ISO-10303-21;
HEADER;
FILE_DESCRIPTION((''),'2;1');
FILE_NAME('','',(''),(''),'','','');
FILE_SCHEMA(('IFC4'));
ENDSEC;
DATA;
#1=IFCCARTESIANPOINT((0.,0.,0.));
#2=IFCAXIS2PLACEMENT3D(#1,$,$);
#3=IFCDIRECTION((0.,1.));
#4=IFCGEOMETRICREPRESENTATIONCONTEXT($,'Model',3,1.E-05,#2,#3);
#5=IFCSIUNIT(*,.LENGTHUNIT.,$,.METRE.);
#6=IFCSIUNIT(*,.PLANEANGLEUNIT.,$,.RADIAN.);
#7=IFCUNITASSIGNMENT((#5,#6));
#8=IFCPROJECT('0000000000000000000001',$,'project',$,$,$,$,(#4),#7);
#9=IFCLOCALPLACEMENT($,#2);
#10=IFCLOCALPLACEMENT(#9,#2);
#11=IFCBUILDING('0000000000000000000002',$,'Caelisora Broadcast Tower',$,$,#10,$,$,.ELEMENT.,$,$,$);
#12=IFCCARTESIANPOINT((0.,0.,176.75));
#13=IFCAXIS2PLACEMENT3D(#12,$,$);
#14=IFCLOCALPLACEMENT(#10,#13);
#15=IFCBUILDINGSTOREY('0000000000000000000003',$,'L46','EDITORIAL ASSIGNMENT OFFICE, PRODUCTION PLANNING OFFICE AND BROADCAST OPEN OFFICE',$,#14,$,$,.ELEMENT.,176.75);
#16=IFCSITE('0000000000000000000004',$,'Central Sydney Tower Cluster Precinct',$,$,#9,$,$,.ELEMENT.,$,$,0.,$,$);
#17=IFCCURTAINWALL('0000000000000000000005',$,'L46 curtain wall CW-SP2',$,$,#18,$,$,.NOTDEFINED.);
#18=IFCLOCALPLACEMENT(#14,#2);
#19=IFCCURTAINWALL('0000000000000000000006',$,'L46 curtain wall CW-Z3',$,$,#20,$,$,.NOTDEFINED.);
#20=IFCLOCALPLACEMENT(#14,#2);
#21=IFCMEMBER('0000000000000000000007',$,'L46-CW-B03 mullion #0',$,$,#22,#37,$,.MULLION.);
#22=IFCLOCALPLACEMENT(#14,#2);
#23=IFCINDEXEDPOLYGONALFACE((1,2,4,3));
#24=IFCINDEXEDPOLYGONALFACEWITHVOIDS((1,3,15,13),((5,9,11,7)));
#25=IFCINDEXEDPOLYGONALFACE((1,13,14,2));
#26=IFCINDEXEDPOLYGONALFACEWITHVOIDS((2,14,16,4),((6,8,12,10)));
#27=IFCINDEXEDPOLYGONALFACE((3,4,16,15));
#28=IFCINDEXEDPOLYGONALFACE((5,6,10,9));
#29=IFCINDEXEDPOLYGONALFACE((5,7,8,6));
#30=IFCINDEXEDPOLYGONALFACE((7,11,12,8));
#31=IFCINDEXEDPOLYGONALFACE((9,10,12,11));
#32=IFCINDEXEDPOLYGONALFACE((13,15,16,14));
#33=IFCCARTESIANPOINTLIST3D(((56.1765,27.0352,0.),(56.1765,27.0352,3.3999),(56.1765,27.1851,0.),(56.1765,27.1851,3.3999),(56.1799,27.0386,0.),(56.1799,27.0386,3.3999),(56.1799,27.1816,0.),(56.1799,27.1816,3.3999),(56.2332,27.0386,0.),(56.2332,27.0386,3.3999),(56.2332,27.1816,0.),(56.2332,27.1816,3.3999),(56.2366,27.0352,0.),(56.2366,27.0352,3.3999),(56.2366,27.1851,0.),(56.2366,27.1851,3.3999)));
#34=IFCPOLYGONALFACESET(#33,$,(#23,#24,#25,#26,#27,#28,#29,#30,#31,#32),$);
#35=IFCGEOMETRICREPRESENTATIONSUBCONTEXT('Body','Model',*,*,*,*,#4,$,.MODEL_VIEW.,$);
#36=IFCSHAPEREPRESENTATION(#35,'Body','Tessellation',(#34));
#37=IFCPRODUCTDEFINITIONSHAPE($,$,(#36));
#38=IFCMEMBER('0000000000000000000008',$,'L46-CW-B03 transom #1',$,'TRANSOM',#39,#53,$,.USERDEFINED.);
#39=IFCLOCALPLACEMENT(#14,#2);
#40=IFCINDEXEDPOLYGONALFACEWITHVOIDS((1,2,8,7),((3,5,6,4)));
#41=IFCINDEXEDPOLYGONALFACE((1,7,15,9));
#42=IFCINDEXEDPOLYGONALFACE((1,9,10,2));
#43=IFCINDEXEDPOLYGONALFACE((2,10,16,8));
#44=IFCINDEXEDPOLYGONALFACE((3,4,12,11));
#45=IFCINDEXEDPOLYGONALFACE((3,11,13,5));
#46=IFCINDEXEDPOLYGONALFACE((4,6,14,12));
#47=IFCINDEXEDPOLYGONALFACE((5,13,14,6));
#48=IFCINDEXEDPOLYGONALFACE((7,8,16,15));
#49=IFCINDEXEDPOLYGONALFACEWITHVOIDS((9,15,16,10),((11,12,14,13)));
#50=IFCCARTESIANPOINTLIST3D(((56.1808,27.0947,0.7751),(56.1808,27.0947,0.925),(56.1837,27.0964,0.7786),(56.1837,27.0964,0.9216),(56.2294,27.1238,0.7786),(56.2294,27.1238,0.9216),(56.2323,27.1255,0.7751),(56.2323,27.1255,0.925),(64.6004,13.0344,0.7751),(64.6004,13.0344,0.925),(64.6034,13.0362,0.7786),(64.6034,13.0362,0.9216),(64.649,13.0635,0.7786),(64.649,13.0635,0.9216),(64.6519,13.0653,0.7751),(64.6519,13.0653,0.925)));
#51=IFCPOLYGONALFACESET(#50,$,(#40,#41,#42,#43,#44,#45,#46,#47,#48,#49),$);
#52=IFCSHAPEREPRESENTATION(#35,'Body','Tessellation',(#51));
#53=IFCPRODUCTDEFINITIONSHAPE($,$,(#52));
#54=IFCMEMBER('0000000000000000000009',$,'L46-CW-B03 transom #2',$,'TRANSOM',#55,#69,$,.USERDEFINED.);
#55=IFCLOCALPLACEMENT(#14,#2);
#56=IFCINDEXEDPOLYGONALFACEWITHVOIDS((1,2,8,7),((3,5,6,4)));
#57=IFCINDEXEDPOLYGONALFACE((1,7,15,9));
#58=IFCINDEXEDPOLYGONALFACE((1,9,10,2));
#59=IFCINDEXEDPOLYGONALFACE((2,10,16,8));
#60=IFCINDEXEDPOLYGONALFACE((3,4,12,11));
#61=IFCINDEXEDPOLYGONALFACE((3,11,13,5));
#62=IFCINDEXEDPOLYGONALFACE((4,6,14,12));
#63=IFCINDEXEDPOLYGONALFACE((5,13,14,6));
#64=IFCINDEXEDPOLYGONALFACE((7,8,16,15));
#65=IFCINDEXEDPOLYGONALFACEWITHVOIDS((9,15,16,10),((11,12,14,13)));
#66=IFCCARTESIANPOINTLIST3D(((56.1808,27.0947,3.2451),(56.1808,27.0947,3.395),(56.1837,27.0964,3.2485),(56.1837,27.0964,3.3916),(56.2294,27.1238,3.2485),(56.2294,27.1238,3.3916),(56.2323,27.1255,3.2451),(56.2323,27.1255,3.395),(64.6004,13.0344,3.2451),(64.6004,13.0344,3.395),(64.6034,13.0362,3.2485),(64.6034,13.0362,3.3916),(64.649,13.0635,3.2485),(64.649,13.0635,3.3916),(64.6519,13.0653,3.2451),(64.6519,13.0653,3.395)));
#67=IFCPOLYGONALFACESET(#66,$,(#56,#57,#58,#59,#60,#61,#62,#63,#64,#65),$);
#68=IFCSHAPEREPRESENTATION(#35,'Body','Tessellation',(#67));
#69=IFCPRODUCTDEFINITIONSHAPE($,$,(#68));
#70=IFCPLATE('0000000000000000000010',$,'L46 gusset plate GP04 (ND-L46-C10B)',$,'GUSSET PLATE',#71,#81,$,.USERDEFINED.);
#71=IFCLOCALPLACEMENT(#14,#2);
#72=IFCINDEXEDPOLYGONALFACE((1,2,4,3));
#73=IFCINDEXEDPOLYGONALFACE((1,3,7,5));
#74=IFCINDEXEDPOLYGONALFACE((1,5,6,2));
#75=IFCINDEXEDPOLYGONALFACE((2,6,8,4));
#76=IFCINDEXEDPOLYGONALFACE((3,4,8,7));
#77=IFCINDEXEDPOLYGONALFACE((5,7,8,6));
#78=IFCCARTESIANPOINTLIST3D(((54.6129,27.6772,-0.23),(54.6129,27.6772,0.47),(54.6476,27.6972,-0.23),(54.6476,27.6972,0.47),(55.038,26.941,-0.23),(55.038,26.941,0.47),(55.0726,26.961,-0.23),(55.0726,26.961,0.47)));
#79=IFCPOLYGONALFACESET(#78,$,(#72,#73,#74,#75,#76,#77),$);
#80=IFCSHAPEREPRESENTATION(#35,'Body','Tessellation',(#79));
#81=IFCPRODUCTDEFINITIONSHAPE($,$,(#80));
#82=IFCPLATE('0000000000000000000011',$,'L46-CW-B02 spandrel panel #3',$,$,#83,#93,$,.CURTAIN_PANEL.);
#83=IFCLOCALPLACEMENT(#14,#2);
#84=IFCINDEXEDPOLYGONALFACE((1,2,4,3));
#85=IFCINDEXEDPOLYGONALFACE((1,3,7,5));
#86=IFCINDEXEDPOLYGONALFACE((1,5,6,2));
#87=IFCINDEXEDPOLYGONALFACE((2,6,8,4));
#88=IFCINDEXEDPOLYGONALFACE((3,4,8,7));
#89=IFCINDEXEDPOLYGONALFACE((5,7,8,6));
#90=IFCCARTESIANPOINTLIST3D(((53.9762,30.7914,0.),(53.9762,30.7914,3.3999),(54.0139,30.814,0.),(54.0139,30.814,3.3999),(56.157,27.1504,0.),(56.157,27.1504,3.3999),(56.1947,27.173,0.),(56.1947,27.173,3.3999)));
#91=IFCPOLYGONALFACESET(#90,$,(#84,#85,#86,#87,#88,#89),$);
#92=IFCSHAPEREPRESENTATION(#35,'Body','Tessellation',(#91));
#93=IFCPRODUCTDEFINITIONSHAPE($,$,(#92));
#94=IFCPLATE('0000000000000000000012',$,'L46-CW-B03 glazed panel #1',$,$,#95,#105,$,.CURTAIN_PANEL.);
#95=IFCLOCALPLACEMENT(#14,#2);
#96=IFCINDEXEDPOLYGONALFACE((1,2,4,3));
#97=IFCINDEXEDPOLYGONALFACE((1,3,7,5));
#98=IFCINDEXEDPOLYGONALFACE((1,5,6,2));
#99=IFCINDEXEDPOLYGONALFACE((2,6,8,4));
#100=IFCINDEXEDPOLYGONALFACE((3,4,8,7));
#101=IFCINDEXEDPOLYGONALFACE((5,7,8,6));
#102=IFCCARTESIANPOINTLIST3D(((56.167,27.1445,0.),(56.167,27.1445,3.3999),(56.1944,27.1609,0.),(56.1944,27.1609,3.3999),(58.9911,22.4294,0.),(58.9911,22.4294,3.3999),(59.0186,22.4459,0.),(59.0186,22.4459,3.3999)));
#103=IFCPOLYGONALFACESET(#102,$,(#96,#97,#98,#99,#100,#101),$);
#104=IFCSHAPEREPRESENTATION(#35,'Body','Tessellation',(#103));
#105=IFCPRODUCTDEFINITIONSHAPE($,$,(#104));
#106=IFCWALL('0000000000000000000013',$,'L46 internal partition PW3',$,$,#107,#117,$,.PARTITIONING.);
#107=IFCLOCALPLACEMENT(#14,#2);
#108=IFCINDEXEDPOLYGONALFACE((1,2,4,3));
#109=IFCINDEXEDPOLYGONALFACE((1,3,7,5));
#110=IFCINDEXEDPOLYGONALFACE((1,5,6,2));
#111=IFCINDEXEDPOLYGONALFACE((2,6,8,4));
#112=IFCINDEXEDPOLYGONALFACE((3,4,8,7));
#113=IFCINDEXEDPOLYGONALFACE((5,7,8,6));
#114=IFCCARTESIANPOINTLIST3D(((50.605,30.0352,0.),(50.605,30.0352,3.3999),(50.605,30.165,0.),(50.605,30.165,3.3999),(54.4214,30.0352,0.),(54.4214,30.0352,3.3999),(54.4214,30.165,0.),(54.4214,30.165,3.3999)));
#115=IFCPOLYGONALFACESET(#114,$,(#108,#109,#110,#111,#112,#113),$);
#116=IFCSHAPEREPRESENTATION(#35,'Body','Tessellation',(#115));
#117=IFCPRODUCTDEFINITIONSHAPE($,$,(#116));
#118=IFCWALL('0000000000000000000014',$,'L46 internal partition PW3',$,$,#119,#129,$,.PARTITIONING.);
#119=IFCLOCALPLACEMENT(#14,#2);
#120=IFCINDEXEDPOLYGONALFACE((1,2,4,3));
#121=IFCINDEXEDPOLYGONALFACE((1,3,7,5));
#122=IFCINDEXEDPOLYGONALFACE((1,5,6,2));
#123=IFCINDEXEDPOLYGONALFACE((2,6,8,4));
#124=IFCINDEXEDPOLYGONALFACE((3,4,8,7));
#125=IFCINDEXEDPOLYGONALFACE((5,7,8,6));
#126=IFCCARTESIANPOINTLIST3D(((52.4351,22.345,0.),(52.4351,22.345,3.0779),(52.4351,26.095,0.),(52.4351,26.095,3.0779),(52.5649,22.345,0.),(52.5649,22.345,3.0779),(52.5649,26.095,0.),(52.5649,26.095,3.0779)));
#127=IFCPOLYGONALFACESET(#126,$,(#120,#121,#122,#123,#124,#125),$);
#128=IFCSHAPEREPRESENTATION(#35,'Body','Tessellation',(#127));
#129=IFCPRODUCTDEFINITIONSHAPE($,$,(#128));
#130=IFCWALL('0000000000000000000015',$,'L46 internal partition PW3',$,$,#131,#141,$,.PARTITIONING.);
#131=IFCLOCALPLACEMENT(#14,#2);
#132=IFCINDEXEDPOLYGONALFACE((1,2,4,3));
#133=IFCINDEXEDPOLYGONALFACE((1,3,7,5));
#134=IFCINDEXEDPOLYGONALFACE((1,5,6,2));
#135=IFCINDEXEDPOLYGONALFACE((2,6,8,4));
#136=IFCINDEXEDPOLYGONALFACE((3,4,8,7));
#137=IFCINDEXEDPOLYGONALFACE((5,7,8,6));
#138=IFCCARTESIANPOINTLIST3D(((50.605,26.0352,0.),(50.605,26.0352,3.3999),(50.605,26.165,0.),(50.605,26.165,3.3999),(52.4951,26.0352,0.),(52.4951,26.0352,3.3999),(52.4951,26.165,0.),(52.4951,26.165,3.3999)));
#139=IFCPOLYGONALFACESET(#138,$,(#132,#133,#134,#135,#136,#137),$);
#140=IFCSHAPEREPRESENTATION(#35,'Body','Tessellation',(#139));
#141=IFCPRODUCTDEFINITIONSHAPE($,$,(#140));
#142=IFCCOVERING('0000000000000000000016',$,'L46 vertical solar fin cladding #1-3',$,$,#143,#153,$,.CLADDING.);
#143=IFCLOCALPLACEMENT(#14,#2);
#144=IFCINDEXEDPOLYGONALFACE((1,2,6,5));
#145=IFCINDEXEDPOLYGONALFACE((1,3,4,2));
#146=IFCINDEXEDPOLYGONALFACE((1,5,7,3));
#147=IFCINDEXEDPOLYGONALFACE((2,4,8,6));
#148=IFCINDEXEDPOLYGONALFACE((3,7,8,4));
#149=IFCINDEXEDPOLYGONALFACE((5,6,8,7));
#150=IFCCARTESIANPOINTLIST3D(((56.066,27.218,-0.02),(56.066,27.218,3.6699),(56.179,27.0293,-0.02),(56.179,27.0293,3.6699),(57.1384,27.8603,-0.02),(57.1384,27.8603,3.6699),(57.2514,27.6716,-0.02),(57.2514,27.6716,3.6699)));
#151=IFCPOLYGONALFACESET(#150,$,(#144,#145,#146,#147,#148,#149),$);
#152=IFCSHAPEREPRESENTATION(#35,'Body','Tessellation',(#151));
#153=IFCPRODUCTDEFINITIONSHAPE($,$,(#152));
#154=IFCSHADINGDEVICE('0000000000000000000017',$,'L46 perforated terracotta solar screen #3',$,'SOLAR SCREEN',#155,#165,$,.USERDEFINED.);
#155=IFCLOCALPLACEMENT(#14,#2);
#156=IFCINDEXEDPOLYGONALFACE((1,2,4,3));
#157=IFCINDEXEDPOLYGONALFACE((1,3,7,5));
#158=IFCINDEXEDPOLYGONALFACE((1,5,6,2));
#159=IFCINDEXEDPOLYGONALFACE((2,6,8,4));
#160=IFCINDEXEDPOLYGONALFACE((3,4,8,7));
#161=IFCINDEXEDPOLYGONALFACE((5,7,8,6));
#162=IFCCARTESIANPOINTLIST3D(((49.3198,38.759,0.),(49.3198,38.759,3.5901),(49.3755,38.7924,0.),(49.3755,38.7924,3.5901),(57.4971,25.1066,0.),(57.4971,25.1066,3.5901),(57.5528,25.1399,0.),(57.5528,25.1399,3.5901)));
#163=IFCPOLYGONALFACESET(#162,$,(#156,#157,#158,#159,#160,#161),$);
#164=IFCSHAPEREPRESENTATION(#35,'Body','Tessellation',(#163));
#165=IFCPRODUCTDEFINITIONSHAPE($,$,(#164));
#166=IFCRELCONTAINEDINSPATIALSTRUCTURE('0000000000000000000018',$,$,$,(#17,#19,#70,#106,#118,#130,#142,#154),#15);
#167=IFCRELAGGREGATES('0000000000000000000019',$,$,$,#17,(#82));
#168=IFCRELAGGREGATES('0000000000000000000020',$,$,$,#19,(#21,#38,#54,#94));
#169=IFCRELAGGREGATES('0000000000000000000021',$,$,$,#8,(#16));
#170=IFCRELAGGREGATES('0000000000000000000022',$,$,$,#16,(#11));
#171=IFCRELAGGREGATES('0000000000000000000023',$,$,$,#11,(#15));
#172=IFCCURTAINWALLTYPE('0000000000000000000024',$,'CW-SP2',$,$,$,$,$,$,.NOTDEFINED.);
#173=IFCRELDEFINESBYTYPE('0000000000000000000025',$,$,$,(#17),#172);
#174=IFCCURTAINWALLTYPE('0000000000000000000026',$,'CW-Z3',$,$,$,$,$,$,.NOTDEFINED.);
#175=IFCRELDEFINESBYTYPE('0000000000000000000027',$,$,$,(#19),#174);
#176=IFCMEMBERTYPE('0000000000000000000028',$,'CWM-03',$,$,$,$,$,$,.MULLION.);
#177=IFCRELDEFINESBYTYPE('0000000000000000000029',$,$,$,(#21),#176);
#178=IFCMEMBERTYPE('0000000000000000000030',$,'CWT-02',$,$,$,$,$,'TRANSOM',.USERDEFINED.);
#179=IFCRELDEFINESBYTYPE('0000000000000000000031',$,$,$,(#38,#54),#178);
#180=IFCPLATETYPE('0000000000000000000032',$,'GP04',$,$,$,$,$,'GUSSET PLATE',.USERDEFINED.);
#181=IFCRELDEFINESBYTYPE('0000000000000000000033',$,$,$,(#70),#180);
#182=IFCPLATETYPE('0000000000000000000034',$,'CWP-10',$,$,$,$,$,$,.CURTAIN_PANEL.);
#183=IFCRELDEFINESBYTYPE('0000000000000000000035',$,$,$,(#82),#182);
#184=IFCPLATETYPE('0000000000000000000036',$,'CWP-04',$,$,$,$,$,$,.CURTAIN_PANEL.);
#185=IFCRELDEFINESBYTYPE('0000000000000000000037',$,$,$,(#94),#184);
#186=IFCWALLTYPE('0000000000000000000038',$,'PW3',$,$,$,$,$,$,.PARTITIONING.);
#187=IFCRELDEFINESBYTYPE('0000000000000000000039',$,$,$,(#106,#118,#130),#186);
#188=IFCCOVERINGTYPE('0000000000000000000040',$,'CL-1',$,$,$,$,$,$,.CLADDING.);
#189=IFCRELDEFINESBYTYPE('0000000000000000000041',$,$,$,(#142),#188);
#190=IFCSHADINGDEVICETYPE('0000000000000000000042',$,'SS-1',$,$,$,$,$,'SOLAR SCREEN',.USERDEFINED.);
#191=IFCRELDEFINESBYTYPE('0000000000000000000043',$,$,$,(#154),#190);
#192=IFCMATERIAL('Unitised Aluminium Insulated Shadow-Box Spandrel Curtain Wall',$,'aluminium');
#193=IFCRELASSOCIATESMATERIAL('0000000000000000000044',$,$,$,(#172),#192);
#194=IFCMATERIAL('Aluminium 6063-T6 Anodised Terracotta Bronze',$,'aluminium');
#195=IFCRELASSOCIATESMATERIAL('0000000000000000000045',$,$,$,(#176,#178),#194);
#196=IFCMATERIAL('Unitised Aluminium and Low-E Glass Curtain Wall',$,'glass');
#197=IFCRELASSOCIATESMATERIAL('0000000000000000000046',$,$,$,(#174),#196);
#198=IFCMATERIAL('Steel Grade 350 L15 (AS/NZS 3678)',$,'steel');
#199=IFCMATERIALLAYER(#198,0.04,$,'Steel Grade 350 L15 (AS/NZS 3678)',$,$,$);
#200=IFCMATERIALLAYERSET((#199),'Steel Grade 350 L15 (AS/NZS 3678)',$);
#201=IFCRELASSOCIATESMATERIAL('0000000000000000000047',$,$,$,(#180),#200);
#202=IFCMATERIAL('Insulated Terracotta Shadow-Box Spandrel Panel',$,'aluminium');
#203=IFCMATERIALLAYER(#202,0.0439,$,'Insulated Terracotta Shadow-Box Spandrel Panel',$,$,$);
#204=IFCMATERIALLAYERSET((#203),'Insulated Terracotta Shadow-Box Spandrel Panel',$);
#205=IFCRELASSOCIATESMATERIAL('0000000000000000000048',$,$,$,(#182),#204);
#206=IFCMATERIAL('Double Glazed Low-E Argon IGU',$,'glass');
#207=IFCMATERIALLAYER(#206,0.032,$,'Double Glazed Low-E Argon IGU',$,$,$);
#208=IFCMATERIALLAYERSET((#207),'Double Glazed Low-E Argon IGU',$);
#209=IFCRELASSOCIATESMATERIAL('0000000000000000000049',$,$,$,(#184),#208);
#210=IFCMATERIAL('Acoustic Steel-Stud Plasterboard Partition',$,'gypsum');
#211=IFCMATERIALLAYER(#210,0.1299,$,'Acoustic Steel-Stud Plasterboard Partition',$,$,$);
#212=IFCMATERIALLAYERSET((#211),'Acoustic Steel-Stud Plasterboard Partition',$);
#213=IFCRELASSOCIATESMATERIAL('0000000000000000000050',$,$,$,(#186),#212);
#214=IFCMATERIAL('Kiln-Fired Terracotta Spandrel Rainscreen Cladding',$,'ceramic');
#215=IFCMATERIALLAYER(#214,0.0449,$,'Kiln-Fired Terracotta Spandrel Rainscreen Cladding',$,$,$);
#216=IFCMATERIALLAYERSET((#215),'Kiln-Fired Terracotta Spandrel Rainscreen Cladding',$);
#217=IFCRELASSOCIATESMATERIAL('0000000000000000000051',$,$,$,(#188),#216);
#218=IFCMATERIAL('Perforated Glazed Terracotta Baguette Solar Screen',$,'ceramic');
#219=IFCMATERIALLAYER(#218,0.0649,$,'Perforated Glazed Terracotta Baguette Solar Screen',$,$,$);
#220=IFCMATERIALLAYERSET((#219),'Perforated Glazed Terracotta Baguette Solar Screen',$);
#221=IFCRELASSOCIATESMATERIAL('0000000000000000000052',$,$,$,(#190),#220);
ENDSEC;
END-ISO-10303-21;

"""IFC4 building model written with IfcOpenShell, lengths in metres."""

from ifc_helpers import new_model, si_unit, direction, frame, frame_2d, origin, origin_2d, place, context, subcontext, project, spatial, rectangle, hollow_rectangle, extrude, source, transform, mapped, material, layer, layer_set, material_profile, profile_set, type_object, type_shapes, element, aggregate, save


model = new_model("IFC4")

# Units and contexts
model_context = context("Model", 3, precision=1e-05, world=origin(), true_north=direction((0.0, 1.0)))
body_context = subcontext(model_context, "Body", "Model", "MODEL_VIEW")
ifc_project = project(units=[si_unit("LENGTHUNIT", "METRE"), si_unit("PLANEANGLEUNIT", "RADIAN")], contexts=[model_context])

# Site, building, storey
site_placement = place(None, origin())
site = spatial("IfcSite", under=ifc_project, at=site_placement, Name="Central Sydney Tower Cluster Precinct", CompositionType="ELEMENT", RefElevation=0.0)
building_placement = place(site_placement, origin())
building = spatial("IfcBuilding", under=site, at=building_placement, Name="Caelisora Broadcast Tower", CompositionType="ELEMENT")
storey_placement = place(building_placement, frame((0.0, 0.0, 176.75)))
storey = spatial("IfcBuildingStorey", under=building, at=storey_placement, Name="L46", Description="EDITORIAL ASSIGNMENT OFFICE, PRODUCTION PLANNING OFFICE AND BROADCAST OPEN OFFICE", CompositionType="ELEMENT", Elevation=176.75)

# Shared definitions
ifc_material_1 = material(Name="Steel Grade 350 L15 (AS/NZS 3678)", Category="steel")

# Curtain walls, members
ifc_material_2 = material(Name="Unitised Aluminium Insulated Shadow-Box Spandrel Curtain Wall", Category="aluminium")
curtain_wall_type_1 = type_object("IfcCurtainWallType", Name="CW-SP2", PredefinedType="NOTDEFINED", material=ifc_material_2)
curtain_wall_1_placement = place(storey_placement, origin())
curtain_wall_1 = element("IfcCurtainWall", 1, at=curtain_wall_1_placement, inside=storey, type_object=curtain_wall_type_1, Name="L46 curtain wall CW-SP2", PredefinedType="NOTDEFINED")
ifc_material_3 = material(Name="Aluminium 6063-T6 Anodised Terracotta Bronze", Category="aluminium")
ifc_material_profile_1 = material_profile(ifc_material_3, hollow_rectangle(XDim=0.0601, YDim=0.1499, WallThickness=0.0034, at=origin_2d()), Name="Aluminium 6063-T6 Anodised Terracotta Bronze")
ifc_profile_set_1 = profile_set([ifc_material_profile_1], Name="Aluminium 6063-T6 Anodised Terracotta Bronze")
member_type_1 = type_object("IfcMemberType", Name="CWM-03", PredefinedType="MULLION", material=ifc_profile_set_1)
shared_shape_1 = source(origin(), body_context, "Body", "SweptSolid", [
    extrude(hollow_rectangle(XDim=0.0601, YDim=0.1499, WallThickness=0.0034, at=origin_2d()), origin(), (0.0, 0.0, 1.0), 3.3999),
])
type_shapes(member_type_1, [shared_shape_1])
ifc_material_4 = material(Name="Unitised Aluminium and Low-E Glass Curtain Wall", Category="glass")
curtain_wall_type_2 = type_object("IfcCurtainWallType", Name="CW-Z3", PredefinedType="NOTDEFINED", material=ifc_material_4)
curtain_wall_2_placement = place(storey_placement, origin())
curtain_wall_2 = element("IfcCurtainWall", 2, at=curtain_wall_2_placement, inside=storey, type_object=curtain_wall_type_2, Name="L46 curtain wall CW-Z3", PredefinedType="NOTDEFINED")
member_1_placement = place(storey_placement, frame((56.2065, 27.1101, 0.0), z_axis=(0.0, 0.0, 1.0), x_axis=(1.0, 0.0, 0.0)))
member_1 = element("IfcMember", 3, at=member_1_placement, type_object=member_type_1, Name="L46-CW-B03 mullion #0", PredefinedType="MULLION", context=body_context, shape_type="MappedRepresentation", body=[
    mapped(shared_shape_1, transform((0.0, 0.0, 0.0), scale=1.0)),
])
ifc_material_profile_2 = material_profile(ifc_material_3, hollow_rectangle(XDim=0.0601, YDim=0.1499, WallThickness=0.0034, at=origin_2d()), Name="Aluminium 6063-T6 Anodised Terracotta Bronze")
ifc_profile_set_2 = profile_set([ifc_material_profile_2], Name="Aluminium 6063-T6 Anodised Terracotta Bronze")
member_type_2 = type_object("IfcMemberType", Name="CWT-02", ElementType="TRANSOM", PredefinedType="USERDEFINED", material=ifc_profile_set_2)
shared_shape_2 = source(origin(), body_context, "Body", "SweptSolid", [
    extrude(hollow_rectangle(XDim=0.0601, YDim=0.1499, WallThickness=0.0034, at=origin_2d()), origin(), (0.0, 0.0, 1.0), 16.3884),
])
type_shapes(member_type_2, [shared_shape_2])
member_2_placement = place(storey_placement, frame((56.2065, 27.1101, 0.8501), z_axis=(0.513755, -0.857937, 0.0), x_axis=(0.857937, 0.513755, 0.0)))
member_2 = element("IfcMember", 4, at=member_2_placement, type_object=member_type_2, Name="L46-CW-B03 transom #1", ObjectType="TRANSOM", PredefinedType="USERDEFINED", context=body_context, shape_type="MappedRepresentation", body=[
    mapped(shared_shape_2, transform((0.0, 0.0, 0.0), scale=1.0)),
])
member_3_placement = place(storey_placement, frame((56.2065, 27.1101, 3.3201), z_axis=(0.513755, -0.857937, 0.0), x_axis=(0.857937, 0.513755, 0.0)))
member_3 = element("IfcMember", 5, at=member_3_placement, type_object=member_type_2, Name="L46-CW-B03 transom #2", ObjectType="TRANSOM", PredefinedType="USERDEFINED", context=body_context, shape_type="MappedRepresentation", body=[
    mapped(shared_shape_2, transform((0.0, 0.0, 0.0), scale=1.0)),
])

# Plates
ifc_layer_1 = layer(ifc_material_1, 0.04, Name="Steel Grade 350 L15 (AS/NZS 3678)")
ifc_layer_set_1 = layer_set([ifc_layer_1], Name="Steel Grade 350 L15 (AS/NZS 3678)")
plate_type_1 = type_object("IfcPlateType", Name="GP04", ElementType="GUSSET PLATE", PredefinedType="USERDEFINED", material=ifc_layer_set_1)
shared_shape_3 = source(origin(), body_context, "Body", "SweptSolid", [
    extrude(rectangle(XDim=0.8501, YDim=0.04, at=origin_2d()), origin(), (0.0, 0.0, 1.0), 0.7),
])
type_shapes(plate_type_1, [shared_shape_3])
plate_1_placement = place(storey_placement, frame((54.8428, 27.3191, -0.23), z_axis=(0.0, 0.0, 1.0), x_axis=(-0.5, 0.866025, 0.0)))
element("IfcPlate", 6, at=plate_1_placement, inside=storey, type_object=plate_type_1, Name="L46 gusset plate GP04 (ND-L46-C10B)", ObjectType="GUSSET PLATE", PredefinedType="USERDEFINED", context=body_context, shape_type="MappedRepresentation", body=[
    mapped(shared_shape_3, transform((0.0, 0.0, 0.0), scale=1.0)),
])
ifc_material_5 = material(Name="Insulated Terracotta Shadow-Box Spandrel Panel", Category="aluminium")
ifc_layer_2 = layer(ifc_material_5, 0.0439, Name="Insulated Terracotta Shadow-Box Spandrel Panel")
ifc_layer_set_2 = layer_set([ifc_layer_2], Name="Insulated Terracotta Shadow-Box Spandrel Panel")
plate_type_2 = type_object("IfcPlateType", Name="CWP-10", PredefinedType="CURTAIN_PANEL", material=ifc_layer_set_2)
shared_shape_4 = source(origin(), body_context, "Body", "SweptSolid", [
    extrude(rectangle(XDim=4.2441, YDim=0.0439, at=origin_2d()), origin(), (0.0, 0.0, 1.0), 3.3999),
])
type_shapes(plate_type_2, [shared_shape_4])
plate_2_placement = place(storey_placement, frame((55.0854, 28.9822, 0.0), z_axis=(0.0, 0.0, 1.0), x_axis=(0.513841, -0.857886, 0.0)))
plate_2 = element("IfcPlate", 7, at=plate_2_placement, type_object=plate_type_2, Name="L46-CW-B02 spandrel panel #3", PredefinedType="CURTAIN_PANEL", context=body_context, shape_type="MappedRepresentation", body=[
    mapped(shared_shape_4, transform((0.0, 0.0, 0.0), scale=1.0)),
])
aggregate(curtain_wall_1, [plate_2])
ifc_material_6 = material(Name="Double Glazed Low-E Argon IGU", Category="glass")
ifc_layer_3 = layer(ifc_material_6, 0.032, Name="Double Glazed Low-E Argon IGU")
ifc_layer_set_3 = layer_set([ifc_layer_3], Name="Double Glazed Low-E Argon IGU")
plate_type_3 = type_object("IfcPlateType", Name="CWP-04", PredefinedType="CURTAIN_PANEL", material=ifc_layer_set_3)
shared_shape_5 = source(origin(), body_context, "Body", "SweptSolid", [
    extrude(rectangle(XDim=5.4961, YDim=0.032, at=origin_2d()), origin(), (0.0, 0.0, 1.0), 3.3999),
])
type_shapes(plate_type_3, [shared_shape_5])
plate_3_placement = place(storey_placement, frame((57.5928, 24.7952, 0.0), z_axis=(0.0, 0.0, 1.0), x_axis=(0.513841, -0.857886, 0.0)))
plate_3 = element("IfcPlate", 8, at=plate_3_placement, type_object=plate_type_3, Name="L46-CW-B03 glazed panel #1", PredefinedType="CURTAIN_PANEL", context=body_context, shape_type="MappedRepresentation", body=[
    mapped(shared_shape_5, transform((0.0, 0.0, 0.0), scale=1.0)),
])
aggregate(curtain_wall_2, [member_1, member_2, member_3, plate_3])

# Shared definitions
ifc_material_7 = material(Name="Acoustic Steel-Stud Plasterboard Partition", Category="gypsum")
ifc_layer_4 = layer(ifc_material_7, 0.1299, Name="Acoustic Steel-Stud Plasterboard Partition")
ifc_layer_set_4 = layer_set([ifc_layer_4], Name="Acoustic Steel-Stud Plasterboard Partition")
wall_type = type_object("IfcWallType", Name="PW3", PredefinedType="PARTITIONING", material=ifc_layer_set_4)

# Walls
wall_1_placement = place(storey_placement, frame((50.605, 30.1001, 0.0), z_axis=(0.0, 0.0, 1.0), x_axis=(1.0, 0.0, 0.0)))
element("IfcWall", 9, at=wall_1_placement, inside=storey, type_object=wall_type, Name="L46 internal partition PW3", PredefinedType="PARTITIONING", context=body_context, shape_type="SweptSolid", body=[
    extrude(rectangle(XDim=3.8164, YDim=0.1299, at=frame_2d((1.9082, 0.0))), origin(), (0.0, 0.0, 1.0), 3.3999),
])
wall_2_placement = place(storey_placement, frame((52.5, 26.095, 0.0), z_axis=(0.0, 0.0, 1.0), x_axis=(0.0, -1.0, 0.0)))
element("IfcWall", 10, at=wall_2_placement, inside=storey, type_object=wall_type, Name="L46 internal partition PW3", PredefinedType="PARTITIONING", context=body_context, shape_type="SweptSolid", body=[
    extrude(rectangle(XDim=3.75, YDim=0.1299, at=frame_2d((1.875, 0.0))), origin(), (0.0, 0.0, 1.0), 3.0779),
])
wall_3_placement = place(storey_placement, frame((50.605, 26.1001, 0.0), z_axis=(0.0, 0.0, 1.0), x_axis=(1.0, 0.0, 0.0)))
element("IfcWall", 11, at=wall_3_placement, inside=storey, type_object=wall_type, Name="L46 internal partition PW3", PredefinedType="PARTITIONING", context=body_context, shape_type="SweptSolid", body=[
    extrude(rectangle(XDim=1.8901, YDim=0.1299, at=frame_2d((0.9451, 0.0))), origin(), (0.0, 0.0, 1.0), 3.3999),
])

# Covering
ifc_material_8 = material(Name="Kiln-Fired Terracotta Spandrel Rainscreen Cladding", Category="ceramic")
ifc_layer_5 = layer(ifc_material_8, 0.0449, Name="Kiln-Fired Terracotta Spandrel Rainscreen Cladding")
ifc_layer_set_5 = layer_set([ifc_layer_5], Name="Kiln-Fired Terracotta Spandrel Rainscreen Cladding")
covering_type = type_object("IfcCoveringType", Name="CL-1", PredefinedType="CLADDING", material=ifc_layer_set_5)
shared_shape_6 = source(origin(), body_context, "Body", "SweptSolid", [
    extrude(rectangle(XDim=0.22, YDim=1.25, at=origin_2d()), origin(), (0.0, 0.0, 1.0), 3.6899),
])
covering_1_placement = place(storey_placement, frame((56.6587, 27.4448, -0.02), z_axis=(0.0, 0.0, 1.0), x_axis=(0.513841, -0.857886, 0.0)))
element("IfcCovering", 12, at=covering_1_placement, inside=storey, type_object=covering_type, Name="L46 vertical solar fin cladding #1-3", PredefinedType="CLADDING", context=body_context, shape_type="MappedRepresentation", body=[
    mapped(shared_shape_6, transform((0.0, 0.0, 0.0), scale=1.0)),
])

# Shading device
ifc_material_9 = material(Name="Perforated Glazed Terracotta Baguette Solar Screen", Category="ceramic")
ifc_layer_6 = layer(ifc_material_9, 0.0649, Name="Perforated Glazed Terracotta Baguette Solar Screen")
ifc_layer_set_6 = layer_set([ifc_layer_6], Name="Perforated Glazed Terracotta Baguette Solar Screen")
shading_device_type = type_object("IfcShadingDeviceType", Name="SS-1", ElementType="SOLAR SCREEN", PredefinedType="USERDEFINED", material=ifc_layer_set_6)
shared_shape_7 = source(origin(), body_context, "Body", "SweptSolid", [
    extrude(rectangle(XDim=15.9141, YDim=0.0649, at=origin_2d()), origin(), (0.0, 0.0, 1.0), 3.5901),
])
type_shapes(shading_device_type, [shared_shape_7])
shading_device_placement = place(storey_placement, frame((53.4363, 31.9495, 0.0), z_axis=(0.0, 0.0, 1.0), x_axis=(-0.513841, 0.857886, 0.0)))
element("IfcShadingDevice", 13, at=shading_device_placement, inside=storey, type_object=shading_device_type, Name="L46 perforated terracotta solar screen #3", ObjectType="SOLAR SCREEN", PredefinedType="USERDEFINED", context=body_context, shape_type="MappedRepresentation", body=[
    mapped(shared_shape_7, transform((0.0, 0.0, 0.0), scale=1.0)),
])

save(model, "model.ifc")
